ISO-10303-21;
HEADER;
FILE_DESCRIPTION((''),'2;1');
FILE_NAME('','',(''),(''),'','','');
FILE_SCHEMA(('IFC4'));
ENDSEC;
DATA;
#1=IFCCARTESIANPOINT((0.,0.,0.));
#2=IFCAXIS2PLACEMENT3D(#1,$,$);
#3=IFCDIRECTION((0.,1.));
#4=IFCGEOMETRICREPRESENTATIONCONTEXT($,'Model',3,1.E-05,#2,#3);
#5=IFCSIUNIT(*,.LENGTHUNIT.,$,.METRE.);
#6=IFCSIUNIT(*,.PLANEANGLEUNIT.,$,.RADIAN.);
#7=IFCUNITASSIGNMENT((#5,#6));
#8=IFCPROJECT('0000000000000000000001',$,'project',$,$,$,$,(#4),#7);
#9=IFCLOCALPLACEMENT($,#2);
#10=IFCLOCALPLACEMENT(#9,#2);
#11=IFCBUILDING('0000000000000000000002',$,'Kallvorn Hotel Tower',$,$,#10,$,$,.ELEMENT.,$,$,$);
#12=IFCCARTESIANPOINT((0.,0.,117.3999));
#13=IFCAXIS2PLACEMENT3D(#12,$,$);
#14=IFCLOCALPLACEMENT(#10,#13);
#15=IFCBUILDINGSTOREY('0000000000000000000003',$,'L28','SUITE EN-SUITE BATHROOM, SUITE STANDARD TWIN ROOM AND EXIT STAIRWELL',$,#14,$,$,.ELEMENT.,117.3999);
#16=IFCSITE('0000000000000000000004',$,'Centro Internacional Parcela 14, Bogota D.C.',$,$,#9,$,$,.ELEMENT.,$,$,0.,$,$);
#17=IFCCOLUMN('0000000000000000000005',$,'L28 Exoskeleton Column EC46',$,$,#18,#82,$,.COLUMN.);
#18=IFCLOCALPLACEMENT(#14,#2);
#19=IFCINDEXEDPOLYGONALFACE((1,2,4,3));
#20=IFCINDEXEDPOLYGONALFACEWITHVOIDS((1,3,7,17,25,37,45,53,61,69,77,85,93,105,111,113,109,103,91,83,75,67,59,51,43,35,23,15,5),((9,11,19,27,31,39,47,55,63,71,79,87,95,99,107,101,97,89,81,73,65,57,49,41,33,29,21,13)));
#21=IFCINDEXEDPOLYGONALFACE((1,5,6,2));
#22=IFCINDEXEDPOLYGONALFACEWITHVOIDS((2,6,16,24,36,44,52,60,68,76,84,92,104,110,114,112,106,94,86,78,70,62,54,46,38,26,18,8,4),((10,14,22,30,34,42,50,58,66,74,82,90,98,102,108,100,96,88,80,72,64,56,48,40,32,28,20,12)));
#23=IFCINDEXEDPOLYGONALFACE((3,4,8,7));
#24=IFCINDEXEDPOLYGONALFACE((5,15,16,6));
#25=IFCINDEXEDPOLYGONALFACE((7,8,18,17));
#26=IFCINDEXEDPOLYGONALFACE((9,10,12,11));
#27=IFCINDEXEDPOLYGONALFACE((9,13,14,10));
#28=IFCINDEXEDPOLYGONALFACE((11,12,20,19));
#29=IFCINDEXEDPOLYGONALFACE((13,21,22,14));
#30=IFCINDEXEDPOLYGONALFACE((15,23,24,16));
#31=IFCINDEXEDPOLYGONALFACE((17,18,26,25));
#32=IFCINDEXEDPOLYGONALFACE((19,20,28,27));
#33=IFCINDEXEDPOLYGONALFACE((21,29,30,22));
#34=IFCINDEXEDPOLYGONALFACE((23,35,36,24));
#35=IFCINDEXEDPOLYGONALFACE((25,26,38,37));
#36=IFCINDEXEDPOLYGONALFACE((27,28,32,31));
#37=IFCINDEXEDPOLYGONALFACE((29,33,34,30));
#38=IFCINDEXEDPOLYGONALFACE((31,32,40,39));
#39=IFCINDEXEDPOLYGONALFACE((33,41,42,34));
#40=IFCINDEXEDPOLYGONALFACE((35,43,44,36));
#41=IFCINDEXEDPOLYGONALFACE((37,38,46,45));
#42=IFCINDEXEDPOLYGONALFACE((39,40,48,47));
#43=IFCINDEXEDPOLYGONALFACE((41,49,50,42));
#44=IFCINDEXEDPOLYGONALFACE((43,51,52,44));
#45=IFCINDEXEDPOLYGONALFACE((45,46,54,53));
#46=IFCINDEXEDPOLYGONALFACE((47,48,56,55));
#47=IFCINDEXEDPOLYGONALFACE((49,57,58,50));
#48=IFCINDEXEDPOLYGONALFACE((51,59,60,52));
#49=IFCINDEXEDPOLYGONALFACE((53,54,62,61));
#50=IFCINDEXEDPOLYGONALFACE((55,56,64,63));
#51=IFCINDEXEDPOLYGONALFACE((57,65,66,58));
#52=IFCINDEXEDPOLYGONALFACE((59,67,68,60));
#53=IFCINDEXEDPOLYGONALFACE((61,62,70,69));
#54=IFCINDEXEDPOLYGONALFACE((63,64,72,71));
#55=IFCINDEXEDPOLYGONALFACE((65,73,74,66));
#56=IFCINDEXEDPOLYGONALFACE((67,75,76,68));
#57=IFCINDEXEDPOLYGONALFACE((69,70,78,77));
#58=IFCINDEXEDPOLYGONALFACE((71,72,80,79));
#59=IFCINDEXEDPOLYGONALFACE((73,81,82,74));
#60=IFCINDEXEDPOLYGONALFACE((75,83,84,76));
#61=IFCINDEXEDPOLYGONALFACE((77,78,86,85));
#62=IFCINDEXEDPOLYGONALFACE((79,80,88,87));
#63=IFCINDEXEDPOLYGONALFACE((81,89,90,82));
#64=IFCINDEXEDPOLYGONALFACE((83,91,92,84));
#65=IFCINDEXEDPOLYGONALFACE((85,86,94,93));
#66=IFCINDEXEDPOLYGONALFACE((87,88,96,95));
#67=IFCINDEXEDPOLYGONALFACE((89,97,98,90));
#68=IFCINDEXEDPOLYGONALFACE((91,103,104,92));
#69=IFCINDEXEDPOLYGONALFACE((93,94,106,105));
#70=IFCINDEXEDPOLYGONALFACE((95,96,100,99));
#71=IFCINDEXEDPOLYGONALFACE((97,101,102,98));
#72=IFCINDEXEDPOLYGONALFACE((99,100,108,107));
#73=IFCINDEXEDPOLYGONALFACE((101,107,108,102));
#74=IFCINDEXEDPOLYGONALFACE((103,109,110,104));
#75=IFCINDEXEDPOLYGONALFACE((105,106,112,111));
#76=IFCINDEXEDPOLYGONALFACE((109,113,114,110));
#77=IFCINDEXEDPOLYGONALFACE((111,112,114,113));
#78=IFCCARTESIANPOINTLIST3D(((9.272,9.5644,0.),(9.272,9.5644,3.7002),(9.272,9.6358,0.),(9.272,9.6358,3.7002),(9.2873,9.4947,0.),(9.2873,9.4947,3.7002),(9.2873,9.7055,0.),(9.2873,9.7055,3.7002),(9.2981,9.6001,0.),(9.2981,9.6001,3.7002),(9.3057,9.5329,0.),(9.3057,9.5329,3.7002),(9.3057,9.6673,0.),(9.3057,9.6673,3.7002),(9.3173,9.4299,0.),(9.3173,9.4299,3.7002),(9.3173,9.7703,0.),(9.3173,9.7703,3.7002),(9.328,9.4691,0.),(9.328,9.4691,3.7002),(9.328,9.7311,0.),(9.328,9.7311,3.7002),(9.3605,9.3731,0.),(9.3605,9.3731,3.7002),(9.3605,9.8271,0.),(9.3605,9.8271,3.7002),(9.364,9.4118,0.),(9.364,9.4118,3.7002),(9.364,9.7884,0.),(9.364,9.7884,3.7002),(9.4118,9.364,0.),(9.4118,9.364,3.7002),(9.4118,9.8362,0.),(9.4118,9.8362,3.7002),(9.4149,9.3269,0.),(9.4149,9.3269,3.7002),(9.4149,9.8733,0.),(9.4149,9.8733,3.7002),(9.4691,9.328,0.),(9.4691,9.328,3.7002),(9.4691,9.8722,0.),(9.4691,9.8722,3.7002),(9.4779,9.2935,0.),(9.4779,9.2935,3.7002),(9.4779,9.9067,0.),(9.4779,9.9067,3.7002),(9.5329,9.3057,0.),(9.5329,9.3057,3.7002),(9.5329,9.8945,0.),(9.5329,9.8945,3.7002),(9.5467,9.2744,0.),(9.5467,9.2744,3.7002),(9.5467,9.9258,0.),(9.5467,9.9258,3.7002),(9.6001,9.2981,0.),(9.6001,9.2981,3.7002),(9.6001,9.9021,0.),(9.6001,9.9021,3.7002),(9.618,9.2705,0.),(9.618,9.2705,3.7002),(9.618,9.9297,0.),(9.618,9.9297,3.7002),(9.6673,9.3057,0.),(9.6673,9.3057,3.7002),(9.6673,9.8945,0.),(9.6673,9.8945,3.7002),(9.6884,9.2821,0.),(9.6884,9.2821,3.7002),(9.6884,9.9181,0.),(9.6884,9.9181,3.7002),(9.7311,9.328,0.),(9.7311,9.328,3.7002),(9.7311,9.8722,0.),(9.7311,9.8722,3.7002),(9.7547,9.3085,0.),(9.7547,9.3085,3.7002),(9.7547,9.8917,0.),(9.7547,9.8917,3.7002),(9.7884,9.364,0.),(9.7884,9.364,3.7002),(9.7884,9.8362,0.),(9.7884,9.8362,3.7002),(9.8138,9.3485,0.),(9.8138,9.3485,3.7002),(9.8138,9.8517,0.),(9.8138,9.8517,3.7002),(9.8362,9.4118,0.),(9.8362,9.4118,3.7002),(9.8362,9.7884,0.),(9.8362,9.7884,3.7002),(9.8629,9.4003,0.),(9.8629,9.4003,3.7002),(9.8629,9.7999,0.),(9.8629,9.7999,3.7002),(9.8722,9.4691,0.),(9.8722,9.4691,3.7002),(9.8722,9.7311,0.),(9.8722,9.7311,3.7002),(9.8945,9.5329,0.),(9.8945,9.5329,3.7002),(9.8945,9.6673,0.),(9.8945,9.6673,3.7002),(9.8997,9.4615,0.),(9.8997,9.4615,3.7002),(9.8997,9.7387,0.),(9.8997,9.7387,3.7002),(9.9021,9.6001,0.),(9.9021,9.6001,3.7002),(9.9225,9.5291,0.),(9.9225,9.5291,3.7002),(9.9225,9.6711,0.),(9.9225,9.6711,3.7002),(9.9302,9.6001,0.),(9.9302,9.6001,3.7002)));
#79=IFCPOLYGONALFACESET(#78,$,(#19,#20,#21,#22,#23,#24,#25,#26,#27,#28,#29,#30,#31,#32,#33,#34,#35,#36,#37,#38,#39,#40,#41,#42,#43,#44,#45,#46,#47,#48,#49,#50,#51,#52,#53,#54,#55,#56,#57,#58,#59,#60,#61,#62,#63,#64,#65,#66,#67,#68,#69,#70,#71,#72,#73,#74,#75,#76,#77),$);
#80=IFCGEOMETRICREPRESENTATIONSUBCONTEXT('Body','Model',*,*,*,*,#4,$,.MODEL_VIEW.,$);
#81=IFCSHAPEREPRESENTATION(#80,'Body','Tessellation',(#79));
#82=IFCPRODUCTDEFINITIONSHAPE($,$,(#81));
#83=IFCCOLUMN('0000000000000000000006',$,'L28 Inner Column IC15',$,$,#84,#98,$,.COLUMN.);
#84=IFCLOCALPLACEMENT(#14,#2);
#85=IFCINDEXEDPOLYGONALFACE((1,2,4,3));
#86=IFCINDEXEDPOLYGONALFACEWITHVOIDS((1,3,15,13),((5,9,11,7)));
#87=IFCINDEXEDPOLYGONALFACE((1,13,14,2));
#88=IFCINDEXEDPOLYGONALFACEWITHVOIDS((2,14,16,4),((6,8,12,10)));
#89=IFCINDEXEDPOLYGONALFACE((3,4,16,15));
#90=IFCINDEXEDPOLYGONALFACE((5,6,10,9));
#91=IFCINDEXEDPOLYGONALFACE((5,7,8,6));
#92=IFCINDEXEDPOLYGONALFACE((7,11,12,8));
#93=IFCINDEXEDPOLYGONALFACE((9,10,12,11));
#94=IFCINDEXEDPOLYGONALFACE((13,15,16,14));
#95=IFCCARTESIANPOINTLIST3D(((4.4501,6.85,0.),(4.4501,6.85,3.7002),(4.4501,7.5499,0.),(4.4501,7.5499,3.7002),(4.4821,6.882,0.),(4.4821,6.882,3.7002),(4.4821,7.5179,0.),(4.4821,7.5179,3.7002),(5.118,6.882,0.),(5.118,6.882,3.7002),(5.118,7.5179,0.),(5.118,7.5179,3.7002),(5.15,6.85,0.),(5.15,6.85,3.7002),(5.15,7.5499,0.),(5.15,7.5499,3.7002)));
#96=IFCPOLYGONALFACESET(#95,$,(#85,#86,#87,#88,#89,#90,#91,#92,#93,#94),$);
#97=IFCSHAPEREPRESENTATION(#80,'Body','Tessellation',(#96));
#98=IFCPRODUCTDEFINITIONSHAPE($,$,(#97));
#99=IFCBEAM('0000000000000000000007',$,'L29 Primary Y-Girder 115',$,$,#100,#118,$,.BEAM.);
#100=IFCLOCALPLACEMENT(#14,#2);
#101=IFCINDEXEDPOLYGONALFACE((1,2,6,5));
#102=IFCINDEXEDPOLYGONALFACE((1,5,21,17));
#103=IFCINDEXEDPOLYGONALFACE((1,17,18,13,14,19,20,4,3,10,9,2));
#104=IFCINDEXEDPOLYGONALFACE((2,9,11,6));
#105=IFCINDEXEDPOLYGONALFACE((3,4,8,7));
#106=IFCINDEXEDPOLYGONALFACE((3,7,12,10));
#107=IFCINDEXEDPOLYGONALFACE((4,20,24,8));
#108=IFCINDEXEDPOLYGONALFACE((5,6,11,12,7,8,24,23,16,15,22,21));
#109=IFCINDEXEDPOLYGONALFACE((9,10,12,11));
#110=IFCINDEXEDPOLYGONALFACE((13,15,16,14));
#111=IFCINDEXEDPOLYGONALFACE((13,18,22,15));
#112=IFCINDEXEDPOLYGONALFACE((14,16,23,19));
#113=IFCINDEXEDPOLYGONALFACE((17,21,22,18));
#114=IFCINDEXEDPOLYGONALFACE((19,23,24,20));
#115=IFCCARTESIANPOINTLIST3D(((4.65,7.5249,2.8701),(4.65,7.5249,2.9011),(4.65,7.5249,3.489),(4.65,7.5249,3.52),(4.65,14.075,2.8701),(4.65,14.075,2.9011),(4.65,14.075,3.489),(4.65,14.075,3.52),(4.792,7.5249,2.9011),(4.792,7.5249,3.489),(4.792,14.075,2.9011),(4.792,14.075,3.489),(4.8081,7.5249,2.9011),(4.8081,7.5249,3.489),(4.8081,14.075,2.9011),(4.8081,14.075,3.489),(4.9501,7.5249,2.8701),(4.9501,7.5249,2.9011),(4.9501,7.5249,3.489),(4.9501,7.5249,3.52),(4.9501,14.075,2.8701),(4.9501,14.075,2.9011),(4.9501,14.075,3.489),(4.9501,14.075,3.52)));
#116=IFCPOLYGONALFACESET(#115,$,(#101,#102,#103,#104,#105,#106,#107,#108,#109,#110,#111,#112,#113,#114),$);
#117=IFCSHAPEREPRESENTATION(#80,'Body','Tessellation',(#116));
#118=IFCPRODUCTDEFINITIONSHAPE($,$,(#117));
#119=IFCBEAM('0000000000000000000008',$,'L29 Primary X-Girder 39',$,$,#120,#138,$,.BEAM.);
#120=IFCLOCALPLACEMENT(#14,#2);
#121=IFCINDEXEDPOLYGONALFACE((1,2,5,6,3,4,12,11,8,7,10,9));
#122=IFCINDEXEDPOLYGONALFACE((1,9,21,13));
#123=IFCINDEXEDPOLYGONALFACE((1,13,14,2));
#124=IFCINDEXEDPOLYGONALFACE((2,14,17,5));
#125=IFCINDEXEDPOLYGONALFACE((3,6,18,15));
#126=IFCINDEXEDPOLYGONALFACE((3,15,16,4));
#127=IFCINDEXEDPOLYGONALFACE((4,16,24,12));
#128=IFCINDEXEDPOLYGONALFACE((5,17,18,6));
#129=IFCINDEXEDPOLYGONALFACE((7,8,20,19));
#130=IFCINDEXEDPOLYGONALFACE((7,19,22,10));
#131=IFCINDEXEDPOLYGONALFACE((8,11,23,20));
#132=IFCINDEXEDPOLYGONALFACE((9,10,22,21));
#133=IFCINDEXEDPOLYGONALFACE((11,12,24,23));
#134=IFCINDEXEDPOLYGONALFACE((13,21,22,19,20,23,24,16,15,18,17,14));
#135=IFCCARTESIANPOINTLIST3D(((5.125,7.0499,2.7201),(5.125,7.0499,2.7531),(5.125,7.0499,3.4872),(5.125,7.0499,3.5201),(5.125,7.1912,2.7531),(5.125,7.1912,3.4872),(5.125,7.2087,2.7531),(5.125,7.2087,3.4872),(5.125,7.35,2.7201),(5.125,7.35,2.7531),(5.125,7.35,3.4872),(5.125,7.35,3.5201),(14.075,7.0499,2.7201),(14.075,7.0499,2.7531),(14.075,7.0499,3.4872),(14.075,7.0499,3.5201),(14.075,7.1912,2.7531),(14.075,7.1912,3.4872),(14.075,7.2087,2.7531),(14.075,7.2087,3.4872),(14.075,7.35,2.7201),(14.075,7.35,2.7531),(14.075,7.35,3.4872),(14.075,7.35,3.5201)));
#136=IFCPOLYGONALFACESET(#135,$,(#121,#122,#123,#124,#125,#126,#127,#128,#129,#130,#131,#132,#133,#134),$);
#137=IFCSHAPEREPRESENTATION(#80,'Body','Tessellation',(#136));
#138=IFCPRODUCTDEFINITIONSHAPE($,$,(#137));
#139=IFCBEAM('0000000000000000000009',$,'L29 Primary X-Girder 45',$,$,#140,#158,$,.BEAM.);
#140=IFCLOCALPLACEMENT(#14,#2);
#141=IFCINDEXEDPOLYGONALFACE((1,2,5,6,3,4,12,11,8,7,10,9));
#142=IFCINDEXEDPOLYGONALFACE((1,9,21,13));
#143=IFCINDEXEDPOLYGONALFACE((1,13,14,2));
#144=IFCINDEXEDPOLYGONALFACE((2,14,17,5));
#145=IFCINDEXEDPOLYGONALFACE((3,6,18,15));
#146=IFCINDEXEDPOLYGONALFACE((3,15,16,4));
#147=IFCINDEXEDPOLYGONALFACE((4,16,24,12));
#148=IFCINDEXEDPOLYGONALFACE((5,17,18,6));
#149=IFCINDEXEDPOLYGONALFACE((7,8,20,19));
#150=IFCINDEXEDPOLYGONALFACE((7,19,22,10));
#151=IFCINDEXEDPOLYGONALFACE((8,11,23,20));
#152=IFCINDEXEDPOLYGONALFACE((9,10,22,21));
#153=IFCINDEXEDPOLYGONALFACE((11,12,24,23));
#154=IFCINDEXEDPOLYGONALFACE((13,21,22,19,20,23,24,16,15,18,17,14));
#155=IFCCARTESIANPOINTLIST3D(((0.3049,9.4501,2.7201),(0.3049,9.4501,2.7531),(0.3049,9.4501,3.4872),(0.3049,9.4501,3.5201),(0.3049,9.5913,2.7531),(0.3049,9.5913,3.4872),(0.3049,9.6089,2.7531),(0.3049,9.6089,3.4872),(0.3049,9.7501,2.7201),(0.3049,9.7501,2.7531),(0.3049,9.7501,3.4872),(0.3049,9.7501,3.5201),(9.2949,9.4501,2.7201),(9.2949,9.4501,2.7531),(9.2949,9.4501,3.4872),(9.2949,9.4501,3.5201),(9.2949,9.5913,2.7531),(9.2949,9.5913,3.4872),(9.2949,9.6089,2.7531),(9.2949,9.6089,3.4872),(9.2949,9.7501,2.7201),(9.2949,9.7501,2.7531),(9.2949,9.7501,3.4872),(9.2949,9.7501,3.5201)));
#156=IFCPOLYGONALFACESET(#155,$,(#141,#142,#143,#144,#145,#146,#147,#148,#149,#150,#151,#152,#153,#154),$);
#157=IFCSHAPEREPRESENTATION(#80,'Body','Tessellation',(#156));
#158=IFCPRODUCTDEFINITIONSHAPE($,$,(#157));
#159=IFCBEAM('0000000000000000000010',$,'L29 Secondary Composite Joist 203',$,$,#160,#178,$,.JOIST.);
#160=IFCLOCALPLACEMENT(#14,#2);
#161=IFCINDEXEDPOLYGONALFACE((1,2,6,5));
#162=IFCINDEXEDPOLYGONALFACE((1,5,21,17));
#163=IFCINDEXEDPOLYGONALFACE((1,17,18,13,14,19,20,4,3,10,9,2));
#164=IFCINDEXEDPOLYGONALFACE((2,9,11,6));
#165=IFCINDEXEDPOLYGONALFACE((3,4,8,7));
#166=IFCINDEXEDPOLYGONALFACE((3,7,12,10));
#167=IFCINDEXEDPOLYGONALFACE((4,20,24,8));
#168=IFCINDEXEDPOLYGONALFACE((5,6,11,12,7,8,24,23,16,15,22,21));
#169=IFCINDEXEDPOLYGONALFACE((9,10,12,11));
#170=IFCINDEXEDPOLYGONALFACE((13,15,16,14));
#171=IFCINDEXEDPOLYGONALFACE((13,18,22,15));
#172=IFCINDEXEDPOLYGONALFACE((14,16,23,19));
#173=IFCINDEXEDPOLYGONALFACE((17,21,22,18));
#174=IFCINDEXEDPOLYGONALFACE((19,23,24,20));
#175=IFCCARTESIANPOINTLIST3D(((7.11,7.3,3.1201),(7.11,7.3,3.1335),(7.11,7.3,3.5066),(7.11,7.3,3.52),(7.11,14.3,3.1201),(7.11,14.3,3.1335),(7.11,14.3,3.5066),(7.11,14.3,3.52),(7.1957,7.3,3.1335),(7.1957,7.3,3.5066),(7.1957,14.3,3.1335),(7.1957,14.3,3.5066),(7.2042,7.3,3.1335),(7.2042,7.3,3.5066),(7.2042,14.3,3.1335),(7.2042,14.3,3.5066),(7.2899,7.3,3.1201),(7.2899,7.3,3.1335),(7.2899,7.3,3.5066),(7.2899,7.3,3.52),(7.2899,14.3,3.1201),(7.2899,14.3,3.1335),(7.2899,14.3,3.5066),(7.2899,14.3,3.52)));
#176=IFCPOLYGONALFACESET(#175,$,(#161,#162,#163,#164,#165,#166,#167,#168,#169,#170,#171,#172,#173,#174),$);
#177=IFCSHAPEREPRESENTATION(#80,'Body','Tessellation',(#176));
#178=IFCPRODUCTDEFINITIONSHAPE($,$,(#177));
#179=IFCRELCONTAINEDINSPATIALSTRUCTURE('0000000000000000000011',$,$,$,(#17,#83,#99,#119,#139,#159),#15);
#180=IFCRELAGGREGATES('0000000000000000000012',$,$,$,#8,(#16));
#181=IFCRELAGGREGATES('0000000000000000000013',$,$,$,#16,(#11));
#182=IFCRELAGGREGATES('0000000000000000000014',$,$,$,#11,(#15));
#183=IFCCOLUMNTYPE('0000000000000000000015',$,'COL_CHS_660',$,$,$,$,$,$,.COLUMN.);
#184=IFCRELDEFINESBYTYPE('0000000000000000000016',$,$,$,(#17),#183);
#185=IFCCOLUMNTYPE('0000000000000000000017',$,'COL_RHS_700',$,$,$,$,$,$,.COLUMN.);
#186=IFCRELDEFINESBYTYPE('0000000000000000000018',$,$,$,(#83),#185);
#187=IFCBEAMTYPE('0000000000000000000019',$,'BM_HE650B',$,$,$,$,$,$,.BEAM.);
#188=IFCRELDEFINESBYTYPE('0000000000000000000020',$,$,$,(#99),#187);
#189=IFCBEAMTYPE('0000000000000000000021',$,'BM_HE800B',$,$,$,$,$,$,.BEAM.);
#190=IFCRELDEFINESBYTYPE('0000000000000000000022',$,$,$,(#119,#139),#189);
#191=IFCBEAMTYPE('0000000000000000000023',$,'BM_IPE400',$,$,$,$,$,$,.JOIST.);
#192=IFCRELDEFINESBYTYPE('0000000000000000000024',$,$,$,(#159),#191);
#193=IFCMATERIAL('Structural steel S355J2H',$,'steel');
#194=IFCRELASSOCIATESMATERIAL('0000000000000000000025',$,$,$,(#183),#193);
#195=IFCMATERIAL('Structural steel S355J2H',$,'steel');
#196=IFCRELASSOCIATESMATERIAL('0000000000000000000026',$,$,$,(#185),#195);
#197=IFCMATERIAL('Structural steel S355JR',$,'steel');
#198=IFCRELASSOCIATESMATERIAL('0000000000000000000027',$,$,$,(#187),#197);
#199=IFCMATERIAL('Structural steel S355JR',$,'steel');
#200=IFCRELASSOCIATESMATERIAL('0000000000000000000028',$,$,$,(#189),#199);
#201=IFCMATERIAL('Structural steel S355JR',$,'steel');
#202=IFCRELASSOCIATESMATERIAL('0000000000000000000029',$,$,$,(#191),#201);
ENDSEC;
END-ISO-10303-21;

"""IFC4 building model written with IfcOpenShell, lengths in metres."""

from ifc_helpers import new_model, si_unit, direction, frame, origin, origin_2d, place, context, subcontext, project, spatial, hollow_rectangle, hollow_circle, i_section, extrude, material, material_profile, profile_set, type_object, element, save


model = new_model("IFC4")

# Units and contexts
model_context = context("Model", 3, precision=1e-05, world=origin(), true_north=direction((0.0, 1.0)))
body_context = subcontext(model_context, "Body", "Model", "MODEL_VIEW")
ifc_project = project(units=[si_unit("LENGTHUNIT", "METRE"), si_unit("PLANEANGLEUNIT", "RADIAN")], contexts=[model_context])

# Site, building, storey
site_placement = place(None, origin())
site = spatial("IfcSite", under=ifc_project, at=site_placement, Name="Centro Internacional Parcela 14, Bogota D.C.", CompositionType="ELEMENT", RefElevation=0.0)
building_placement = place(site_placement, origin())
building = spatial("IfcBuilding", under=site, at=building_placement, Name="Kallvorn Hotel Tower", CompositionType="ELEMENT")
storey_placement = place(building_placement, frame((0.0, 0.0, 117.3999)))
storey = spatial("IfcBuildingStorey", under=building, at=storey_placement, Name="L28", Description="SUITE EN-SUITE BATHROOM, SUITE STANDARD TWIN ROOM AND EXIT STAIRWELL", CompositionType="ELEMENT", Elevation=117.3999)

# Columns
ifc_material_1 = material(Name="Structural steel S355J2H", Category="steel")
ifc_material_profile_1 = material_profile(ifc_material_1, hollow_circle(Radius=0.3301, WallThickness=0.0281, at=origin_2d()), Name="CHS 660x28")
ifc_profile_set_1 = profile_set([ifc_material_profile_1], Name="Structural steel S355J2H")
column_type_1 = type_object("IfcColumnType", Name="COL_CHS_660", PredefinedType="COLUMN", material=ifc_profile_set_1)
column_1_placement = place(storey_placement, frame((9.6001, 9.6001, 0.0), z_axis=(0.0, 0.0, 1.0), x_axis=(1.0, 0.0, 0.0)))
element("IfcColumn", 1, at=column_1_placement, inside=storey, type_object=column_type_1, Name="L28 Exoskeleton Column EC46", PredefinedType="COLUMN", context=body_context, shape_type="SweptSolid", body=[
    extrude(hollow_circle(Radius=0.3301, WallThickness=0.0281, at=origin_2d()), origin(), (0.0, 0.0, 1.0), 3.7002),
])
ifc_material_2 = material(Name="Structural steel S355J2H", Category="steel")
ifc_material_profile_2 = material_profile(ifc_material_2, hollow_rectangle(XDim=0.7, YDim=0.7, WallThickness=0.032, at=origin_2d()), Name="RHS 700x700x32")
ifc_profile_set_2 = profile_set([ifc_material_profile_2], Name="Structural steel S355J2H")
column_type_2 = type_object("IfcColumnType", Name="COL_RHS_700", PredefinedType="COLUMN", material=ifc_profile_set_2)
column_2_placement = place(storey_placement, frame((4.8, 7.2, 0.0), z_axis=(0.0, 0.0, 1.0), x_axis=(1.0, 0.0, 0.0)))
element("IfcColumn", 2, at=column_2_placement, inside=storey, type_object=column_type_2, Name="L28 Inner Column IC15", PredefinedType="COLUMN", context=body_context, shape_type="SweptSolid", body=[
    extrude(hollow_rectangle(XDim=0.7, YDim=0.7, WallThickness=0.032, at=origin_2d()), origin(), (0.0, 0.0, 1.0), 3.7002),
])

# Beams
ifc_material_3 = material(Name="Structural steel S355JR", Category="steel")
ifc_material_profile_3 = material_profile(ifc_material_3, i_section(OverallWidth=0.3, OverallDepth=0.6499, WebThickness=0.0161, FlangeThickness=0.031, at=origin_2d()), Name="HE 650 B")
ifc_profile_set_3 = profile_set([ifc_material_profile_3], Name="Structural steel S355JR")
beam_type_1 = type_object("IfcBeamType", Name="BM_HE650B", PredefinedType="BEAM", material=ifc_profile_set_3)
beam_1_placement = place(storey_placement, frame((4.8, 7.5249, 3.1951), z_axis=(0.0, 1.0, 0.0), x_axis=(-1.0, 0.0, 0.0)))
element("IfcBeam", 3, at=beam_1_placement, inside=storey, type_object=beam_type_1, Name="L29 Primary Y-Girder 115", PredefinedType="BEAM", context=body_context, shape_type="SweptSolid", body=[
    extrude(i_section(OverallWidth=0.3, OverallDepth=0.6499, WebThickness=0.0161, FlangeThickness=0.031, at=origin_2d()), origin(), (0.0, 0.0, 1.0), 6.55),
])
ifc_material_4 = material(Name="Structural steel S355JR", Category="steel")
ifc_material_profile_4 = material_profile(ifc_material_4, i_section(OverallWidth=0.3, OverallDepth=0.8, WebThickness=0.0176, FlangeThickness=0.033, at=origin_2d()), Name="HE 800 B")
ifc_profile_set_4 = profile_set([ifc_material_profile_4], Name="Structural steel S355JR")
beam_type_2 = type_object("IfcBeamType", Name="BM_HE800B", PredefinedType="BEAM", material=ifc_profile_set_4)
beam_2_placement = place(storey_placement, frame((5.125, 7.2, 3.1201), z_axis=(1.0, 0.0, 0.0), x_axis=(0.0, 1.0, 0.0)))
element("IfcBeam", 4, at=beam_2_placement, inside=storey, type_object=beam_type_2, Name="L29 Primary X-Girder 39", PredefinedType="BEAM", context=body_context, shape_type="SweptSolid", body=[
    extrude(i_section(OverallWidth=0.3, OverallDepth=0.8, WebThickness=0.0176, FlangeThickness=0.033, at=origin_2d()), origin(), (0.0, 0.0, 1.0), 8.95),
])
beam_3_placement = place(storey_placement, frame((0.3049, 9.6001, 3.1201), z_axis=(1.0, 0.0, 0.0), x_axis=(0.0, 1.0, 0.0)))
element("IfcBeam", 5, at=beam_3_placement, inside=storey, type_object=beam_type_2, Name="L29 Primary X-Girder 45", PredefinedType="BEAM", context=body_context, shape_type="SweptSolid", body=[
    extrude(i_section(OverallWidth=0.3, OverallDepth=0.8, WebThickness=0.0176, FlangeThickness=0.033, at=origin_2d()), origin(), (0.0, 0.0, 1.0), 8.99),
])
ifc_material_5 = material(Name="Structural steel S355JR", Category="steel")
ifc_material_profile_5 = material_profile(ifc_material_5, i_section(OverallWidth=0.1799, OverallDepth=0.3999, WebThickness=0.0085, FlangeThickness=0.0134, at=origin_2d()), Name="IPE 400")
ifc_profile_set_5 = profile_set([ifc_material_profile_5], Name="Structural steel S355JR")
beam_type_3 = type_object("IfcBeamType", Name="BM_IPE400", PredefinedType="JOIST", material=ifc_profile_set_5)
beam_4_placement = place(storey_placement, frame((7.2, 7.3, 3.3201), z_axis=(0.0, 1.0, 0.0), x_axis=(-1.0, 0.0, 0.0)))
element("IfcBeam", 6, at=beam_4_placement, inside=storey, type_object=beam_type_3, Name="L29 Secondary Composite Joist 203", PredefinedType="JOIST", context=body_context, shape_type="SweptSolid", body=[
    extrude(i_section(OverallWidth=0.1799, OverallDepth=0.3999, WebThickness=0.0085, FlangeThickness=0.0134, at=origin_2d()), origin(), (0.0, 0.0, 1.0), 7.0),
])

save(model, "model.ifc")
